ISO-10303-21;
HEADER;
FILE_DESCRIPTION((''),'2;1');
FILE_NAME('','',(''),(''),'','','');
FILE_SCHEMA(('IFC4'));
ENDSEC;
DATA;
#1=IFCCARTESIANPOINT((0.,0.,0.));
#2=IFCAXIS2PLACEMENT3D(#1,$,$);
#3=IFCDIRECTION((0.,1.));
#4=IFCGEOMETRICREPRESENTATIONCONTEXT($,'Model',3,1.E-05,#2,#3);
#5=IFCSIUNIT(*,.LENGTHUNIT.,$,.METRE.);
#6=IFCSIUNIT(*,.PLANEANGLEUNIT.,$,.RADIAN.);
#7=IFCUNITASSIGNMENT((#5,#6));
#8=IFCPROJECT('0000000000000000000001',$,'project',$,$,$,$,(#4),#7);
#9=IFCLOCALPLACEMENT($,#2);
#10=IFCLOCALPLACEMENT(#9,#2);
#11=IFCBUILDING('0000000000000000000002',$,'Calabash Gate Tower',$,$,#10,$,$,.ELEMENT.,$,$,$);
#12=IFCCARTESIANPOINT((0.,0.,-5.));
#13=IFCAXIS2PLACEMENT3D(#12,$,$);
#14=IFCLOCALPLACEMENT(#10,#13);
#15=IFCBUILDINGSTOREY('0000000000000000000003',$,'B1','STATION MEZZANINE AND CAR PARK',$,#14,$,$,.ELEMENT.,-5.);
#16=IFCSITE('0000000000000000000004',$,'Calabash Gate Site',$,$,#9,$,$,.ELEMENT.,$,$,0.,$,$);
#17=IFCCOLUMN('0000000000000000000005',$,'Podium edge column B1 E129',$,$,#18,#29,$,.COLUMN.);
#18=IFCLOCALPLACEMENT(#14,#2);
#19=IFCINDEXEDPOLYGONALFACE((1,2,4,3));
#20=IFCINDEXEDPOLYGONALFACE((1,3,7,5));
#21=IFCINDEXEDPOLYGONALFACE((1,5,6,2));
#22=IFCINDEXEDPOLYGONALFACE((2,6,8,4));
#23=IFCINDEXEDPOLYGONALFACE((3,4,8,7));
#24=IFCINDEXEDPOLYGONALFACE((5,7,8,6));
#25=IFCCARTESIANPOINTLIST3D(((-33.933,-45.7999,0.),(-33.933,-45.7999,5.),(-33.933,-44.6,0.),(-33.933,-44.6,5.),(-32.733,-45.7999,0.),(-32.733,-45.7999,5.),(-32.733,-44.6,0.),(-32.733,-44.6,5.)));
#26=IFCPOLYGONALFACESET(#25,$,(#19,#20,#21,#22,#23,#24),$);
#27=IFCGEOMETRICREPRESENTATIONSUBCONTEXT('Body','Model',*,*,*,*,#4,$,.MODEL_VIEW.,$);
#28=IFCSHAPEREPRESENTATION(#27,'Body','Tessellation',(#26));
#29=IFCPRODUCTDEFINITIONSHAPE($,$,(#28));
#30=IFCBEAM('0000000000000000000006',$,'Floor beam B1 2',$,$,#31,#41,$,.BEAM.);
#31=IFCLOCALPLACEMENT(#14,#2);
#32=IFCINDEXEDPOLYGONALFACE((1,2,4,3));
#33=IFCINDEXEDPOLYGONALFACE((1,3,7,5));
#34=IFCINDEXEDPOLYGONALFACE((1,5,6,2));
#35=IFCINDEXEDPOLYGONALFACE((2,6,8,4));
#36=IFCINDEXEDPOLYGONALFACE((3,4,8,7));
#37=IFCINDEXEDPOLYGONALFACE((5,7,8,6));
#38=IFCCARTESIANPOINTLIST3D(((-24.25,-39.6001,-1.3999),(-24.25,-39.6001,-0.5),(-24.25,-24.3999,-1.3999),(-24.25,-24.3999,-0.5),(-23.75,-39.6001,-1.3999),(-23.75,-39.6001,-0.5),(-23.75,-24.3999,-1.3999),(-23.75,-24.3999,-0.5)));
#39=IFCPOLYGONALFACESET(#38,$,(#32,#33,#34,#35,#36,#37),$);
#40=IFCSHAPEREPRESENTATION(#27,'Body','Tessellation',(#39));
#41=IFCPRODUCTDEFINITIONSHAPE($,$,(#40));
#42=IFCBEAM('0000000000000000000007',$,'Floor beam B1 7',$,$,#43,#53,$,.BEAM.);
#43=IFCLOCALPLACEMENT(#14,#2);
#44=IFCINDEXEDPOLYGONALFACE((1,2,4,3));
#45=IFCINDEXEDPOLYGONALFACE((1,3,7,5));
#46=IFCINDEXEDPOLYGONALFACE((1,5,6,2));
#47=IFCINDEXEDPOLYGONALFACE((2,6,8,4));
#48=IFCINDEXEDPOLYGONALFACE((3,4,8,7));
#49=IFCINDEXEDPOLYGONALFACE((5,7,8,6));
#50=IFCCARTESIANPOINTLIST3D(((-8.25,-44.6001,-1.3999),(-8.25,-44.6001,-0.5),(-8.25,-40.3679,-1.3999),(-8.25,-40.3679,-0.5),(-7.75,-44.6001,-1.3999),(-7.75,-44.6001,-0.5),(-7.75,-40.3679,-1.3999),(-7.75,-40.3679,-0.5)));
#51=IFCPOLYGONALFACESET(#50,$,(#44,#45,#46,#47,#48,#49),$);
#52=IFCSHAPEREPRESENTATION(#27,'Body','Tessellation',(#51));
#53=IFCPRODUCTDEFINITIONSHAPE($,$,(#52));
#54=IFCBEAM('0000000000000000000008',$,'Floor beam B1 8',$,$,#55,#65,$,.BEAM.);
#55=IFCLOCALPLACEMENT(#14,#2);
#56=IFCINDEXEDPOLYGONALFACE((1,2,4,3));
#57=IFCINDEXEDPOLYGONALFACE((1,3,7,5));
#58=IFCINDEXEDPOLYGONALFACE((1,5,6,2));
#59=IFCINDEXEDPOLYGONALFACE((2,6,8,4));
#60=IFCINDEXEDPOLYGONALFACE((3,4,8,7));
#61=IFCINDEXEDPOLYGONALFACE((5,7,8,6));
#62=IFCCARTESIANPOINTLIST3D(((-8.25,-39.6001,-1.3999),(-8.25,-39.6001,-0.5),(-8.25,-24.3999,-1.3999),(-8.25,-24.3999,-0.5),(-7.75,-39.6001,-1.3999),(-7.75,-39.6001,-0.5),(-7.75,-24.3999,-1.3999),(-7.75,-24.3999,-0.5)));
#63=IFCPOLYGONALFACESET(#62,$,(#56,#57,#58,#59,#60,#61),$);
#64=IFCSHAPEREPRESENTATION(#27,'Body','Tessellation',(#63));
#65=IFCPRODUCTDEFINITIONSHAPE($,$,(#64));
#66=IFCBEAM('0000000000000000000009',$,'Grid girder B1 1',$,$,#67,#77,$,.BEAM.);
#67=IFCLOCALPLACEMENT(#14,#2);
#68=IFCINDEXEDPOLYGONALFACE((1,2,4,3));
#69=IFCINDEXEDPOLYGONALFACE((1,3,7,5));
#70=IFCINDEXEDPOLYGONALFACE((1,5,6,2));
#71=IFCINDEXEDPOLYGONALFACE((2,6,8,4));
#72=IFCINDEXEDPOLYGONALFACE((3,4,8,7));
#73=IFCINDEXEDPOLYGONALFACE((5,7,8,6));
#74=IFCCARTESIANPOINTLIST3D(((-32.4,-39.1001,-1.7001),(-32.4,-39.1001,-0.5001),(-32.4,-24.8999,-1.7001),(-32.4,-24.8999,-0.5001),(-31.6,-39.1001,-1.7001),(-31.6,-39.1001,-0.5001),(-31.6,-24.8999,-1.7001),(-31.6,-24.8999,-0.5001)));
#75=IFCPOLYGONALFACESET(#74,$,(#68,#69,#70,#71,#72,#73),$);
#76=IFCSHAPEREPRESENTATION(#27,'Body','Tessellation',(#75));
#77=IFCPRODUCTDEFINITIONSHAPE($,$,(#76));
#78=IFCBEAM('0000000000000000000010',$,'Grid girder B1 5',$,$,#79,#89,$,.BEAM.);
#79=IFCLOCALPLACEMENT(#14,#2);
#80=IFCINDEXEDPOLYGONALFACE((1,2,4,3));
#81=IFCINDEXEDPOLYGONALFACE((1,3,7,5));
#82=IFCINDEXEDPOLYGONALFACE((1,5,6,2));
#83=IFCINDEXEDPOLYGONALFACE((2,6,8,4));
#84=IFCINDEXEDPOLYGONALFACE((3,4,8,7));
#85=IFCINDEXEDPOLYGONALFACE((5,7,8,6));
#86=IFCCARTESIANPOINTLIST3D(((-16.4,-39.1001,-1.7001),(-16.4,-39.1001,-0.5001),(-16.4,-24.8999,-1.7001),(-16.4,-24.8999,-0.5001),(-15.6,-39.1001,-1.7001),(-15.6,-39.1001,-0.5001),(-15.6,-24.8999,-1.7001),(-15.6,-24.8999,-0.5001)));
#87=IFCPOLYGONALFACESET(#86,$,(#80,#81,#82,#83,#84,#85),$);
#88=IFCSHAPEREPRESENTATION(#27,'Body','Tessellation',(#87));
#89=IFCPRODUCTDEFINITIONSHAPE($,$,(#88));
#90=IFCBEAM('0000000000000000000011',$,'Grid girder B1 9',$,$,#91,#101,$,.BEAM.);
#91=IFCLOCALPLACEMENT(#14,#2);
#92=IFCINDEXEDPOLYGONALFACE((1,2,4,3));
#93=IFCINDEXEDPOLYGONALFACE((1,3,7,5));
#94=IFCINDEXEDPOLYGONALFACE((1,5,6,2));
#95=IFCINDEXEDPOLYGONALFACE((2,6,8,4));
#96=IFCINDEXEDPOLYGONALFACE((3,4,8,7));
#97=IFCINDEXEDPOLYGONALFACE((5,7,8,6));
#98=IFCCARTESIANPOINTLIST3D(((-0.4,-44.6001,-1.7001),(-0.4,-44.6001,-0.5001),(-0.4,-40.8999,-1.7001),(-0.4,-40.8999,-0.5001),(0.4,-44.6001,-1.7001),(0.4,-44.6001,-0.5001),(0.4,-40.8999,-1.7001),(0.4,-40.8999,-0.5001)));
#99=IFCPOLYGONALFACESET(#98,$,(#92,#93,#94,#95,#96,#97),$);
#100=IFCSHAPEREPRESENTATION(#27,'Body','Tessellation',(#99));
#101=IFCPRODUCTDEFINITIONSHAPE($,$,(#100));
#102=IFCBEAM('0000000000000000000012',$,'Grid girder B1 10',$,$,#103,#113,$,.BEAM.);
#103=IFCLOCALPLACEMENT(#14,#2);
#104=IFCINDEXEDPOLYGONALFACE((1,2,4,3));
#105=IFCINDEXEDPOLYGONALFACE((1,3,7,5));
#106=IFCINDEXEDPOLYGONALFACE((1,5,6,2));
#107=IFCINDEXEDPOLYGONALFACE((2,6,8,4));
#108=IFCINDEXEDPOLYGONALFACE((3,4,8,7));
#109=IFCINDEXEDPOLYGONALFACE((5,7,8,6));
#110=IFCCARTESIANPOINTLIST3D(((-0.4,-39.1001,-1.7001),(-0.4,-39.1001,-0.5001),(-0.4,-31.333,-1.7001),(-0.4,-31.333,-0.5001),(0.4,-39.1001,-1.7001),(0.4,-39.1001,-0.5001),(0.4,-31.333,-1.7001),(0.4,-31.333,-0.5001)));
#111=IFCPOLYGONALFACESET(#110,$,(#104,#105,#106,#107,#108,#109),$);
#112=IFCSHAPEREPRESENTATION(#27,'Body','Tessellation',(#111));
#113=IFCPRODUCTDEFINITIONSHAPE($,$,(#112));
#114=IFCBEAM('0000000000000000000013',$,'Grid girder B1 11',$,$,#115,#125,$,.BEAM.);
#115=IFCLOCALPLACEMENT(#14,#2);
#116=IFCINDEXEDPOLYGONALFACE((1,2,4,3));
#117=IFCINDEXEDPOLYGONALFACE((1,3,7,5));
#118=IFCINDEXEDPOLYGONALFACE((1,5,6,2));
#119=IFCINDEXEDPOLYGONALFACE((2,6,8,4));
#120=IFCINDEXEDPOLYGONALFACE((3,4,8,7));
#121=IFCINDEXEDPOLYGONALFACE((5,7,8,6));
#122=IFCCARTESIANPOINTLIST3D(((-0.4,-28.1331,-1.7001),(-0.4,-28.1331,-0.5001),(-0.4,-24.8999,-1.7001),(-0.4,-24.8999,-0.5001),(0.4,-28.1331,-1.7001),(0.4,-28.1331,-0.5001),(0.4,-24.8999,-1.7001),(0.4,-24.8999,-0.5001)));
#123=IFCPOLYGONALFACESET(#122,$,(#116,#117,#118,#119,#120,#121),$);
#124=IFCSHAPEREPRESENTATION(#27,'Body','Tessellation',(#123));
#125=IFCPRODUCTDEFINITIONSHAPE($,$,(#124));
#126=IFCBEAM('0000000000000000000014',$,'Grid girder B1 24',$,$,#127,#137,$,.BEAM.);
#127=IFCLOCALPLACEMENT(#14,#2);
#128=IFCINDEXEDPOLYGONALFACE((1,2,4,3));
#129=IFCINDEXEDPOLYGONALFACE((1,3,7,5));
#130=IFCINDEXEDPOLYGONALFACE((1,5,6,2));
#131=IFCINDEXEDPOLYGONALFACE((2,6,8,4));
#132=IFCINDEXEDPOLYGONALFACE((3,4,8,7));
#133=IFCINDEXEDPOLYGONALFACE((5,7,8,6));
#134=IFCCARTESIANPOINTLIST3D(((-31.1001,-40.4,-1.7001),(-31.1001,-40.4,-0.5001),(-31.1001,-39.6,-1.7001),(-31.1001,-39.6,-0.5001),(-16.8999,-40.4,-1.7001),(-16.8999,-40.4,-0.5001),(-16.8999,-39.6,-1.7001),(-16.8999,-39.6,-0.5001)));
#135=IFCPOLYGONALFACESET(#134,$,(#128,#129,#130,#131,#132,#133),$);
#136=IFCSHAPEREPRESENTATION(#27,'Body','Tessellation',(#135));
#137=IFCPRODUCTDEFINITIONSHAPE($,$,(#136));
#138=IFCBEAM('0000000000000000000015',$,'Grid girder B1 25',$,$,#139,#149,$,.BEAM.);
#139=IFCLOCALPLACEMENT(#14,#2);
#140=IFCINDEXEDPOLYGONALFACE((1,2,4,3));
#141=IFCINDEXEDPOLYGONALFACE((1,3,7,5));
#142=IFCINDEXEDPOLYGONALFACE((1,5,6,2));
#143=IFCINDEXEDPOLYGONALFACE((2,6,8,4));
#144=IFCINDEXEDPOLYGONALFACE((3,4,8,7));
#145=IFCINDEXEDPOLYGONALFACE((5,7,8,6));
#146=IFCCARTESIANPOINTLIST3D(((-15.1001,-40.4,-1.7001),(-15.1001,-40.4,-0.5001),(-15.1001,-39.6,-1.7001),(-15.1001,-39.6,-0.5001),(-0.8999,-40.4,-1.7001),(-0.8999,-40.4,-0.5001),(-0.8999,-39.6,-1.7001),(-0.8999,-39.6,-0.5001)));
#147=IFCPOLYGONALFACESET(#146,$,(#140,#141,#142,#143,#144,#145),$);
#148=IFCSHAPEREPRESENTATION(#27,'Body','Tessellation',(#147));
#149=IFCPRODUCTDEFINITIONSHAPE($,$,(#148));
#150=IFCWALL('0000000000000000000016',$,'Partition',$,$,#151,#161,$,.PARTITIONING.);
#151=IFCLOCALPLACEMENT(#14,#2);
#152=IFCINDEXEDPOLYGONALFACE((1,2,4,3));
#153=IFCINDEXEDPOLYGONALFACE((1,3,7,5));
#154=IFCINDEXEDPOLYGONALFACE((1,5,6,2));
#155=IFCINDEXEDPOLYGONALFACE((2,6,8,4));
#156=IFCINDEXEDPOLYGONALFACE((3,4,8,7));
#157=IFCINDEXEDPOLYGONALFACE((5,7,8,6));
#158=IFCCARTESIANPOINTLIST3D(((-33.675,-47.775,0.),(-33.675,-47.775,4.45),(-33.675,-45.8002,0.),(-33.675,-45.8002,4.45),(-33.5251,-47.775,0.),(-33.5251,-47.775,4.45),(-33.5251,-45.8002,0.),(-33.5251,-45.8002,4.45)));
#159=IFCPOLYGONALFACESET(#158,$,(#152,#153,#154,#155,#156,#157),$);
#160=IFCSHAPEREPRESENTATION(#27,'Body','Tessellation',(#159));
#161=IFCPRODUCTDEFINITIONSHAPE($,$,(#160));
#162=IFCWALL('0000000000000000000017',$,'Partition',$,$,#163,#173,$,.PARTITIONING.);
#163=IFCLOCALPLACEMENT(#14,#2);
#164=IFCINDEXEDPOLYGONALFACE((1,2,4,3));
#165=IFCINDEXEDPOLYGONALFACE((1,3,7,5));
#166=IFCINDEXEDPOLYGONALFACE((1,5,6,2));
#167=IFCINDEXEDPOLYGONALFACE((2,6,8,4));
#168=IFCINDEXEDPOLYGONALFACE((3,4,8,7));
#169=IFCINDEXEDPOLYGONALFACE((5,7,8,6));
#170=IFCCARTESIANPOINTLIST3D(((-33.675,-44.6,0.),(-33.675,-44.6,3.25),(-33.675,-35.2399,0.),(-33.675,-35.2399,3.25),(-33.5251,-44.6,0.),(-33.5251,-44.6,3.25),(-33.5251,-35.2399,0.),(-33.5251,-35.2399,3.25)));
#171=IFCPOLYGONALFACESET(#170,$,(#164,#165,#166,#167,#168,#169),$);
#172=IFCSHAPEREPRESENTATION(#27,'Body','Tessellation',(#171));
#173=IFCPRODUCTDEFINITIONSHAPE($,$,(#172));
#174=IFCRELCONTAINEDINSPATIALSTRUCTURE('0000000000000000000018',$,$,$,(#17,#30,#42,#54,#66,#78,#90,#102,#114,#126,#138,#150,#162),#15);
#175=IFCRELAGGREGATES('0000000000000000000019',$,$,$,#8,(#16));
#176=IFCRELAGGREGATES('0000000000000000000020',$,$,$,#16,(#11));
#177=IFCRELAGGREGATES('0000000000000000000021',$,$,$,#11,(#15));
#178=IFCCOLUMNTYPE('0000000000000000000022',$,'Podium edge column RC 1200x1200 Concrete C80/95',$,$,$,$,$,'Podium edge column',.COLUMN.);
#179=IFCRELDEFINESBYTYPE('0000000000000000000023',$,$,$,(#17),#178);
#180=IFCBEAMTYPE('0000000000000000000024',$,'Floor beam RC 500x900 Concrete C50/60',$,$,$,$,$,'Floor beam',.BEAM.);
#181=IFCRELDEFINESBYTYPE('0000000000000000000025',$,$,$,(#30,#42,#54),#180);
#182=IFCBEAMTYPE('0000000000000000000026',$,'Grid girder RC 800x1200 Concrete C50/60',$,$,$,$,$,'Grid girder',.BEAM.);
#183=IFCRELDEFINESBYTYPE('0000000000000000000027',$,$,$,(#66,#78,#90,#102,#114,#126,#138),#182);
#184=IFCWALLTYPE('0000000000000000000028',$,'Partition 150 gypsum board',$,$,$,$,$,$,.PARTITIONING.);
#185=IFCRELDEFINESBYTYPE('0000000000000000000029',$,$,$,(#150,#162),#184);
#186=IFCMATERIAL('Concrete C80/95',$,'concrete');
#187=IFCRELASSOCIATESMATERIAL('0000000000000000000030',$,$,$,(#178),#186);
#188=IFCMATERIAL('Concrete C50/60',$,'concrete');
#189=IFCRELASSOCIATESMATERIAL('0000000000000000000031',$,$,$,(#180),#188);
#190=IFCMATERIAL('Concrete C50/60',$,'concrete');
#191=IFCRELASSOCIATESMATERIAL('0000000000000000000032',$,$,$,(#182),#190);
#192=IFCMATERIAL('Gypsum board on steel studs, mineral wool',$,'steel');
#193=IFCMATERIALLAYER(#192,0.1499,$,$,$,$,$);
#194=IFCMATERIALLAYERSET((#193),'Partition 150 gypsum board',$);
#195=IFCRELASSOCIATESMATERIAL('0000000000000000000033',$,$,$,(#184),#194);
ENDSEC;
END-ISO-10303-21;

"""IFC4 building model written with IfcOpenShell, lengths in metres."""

from ifc_helpers import new_model, si_unit, direction, frame, frame_2d, origin, origin_2d, place, context, subcontext, project, spatial, rectangle, extrude, material, layer, layer_set, material_profile, profile_set, type_object, element, save


model = new_model("IFC4")

# Units and contexts
model_context = context("Model", 3, precision=1e-05, world=origin(), true_north=direction((0.0, 1.0)))
body_context = subcontext(model_context, "Body", "Model", "MODEL_VIEW")
ifc_project = project(units=[si_unit("LENGTHUNIT", "METRE"), si_unit("PLANEANGLEUNIT", "RADIAN")], contexts=[model_context])

# Site, building, storey
site_placement = place(None, origin())
site = spatial("IfcSite", under=ifc_project, at=site_placement, Name="Calabash Gate Site", CompositionType="ELEMENT", RefElevation=0.0)
building_placement = place(site_placement, origin())
building = spatial("IfcBuilding", under=site, at=building_placement, Name="Calabash Gate Tower", CompositionType="ELEMENT")
storey_placement = place(building_placement, frame((0.0, 0.0, -5.0)))
storey = spatial("IfcBuildingStorey", under=building, at=storey_placement, Name="B1", Description="STATION MEZZANINE AND CAR PARK", CompositionType="ELEMENT", Elevation=-5.0)

# Column
ifc_material_1 = material(Name="Concrete C80/95", Category="concrete")
ifc_material_profile_1 = material_profile(ifc_material_1, rectangle(XDim=1.2, YDim=1.2, at=origin_2d()))
ifc_profile_set_1 = profile_set([ifc_material_profile_1], Name="Concrete C80/95")
column_type_1 = type_object("IfcColumnType", Name="Podium edge column RC 1200x1200 Concrete C80/95", ElementType="Podium edge column", PredefinedType="COLUMN", material=ifc_profile_set_1)
for number, where, z_axis, x_axis, name in (
    (1, (-33.333, -45.2, 0.0), (0.0, 0.0, 1.0), (1.0, 0.0, 0.0), "Podium edge column B1 E129"),
):
    element("IfcColumn", number, at=place(storey_placement, frame(where, z_axis=z_axis, x_axis=x_axis)), inside=storey, type_object=column_type_1, Name=name, PredefinedType="COLUMN", context=body_context, shape_type="SweptSolid", body=[
        extrude(rectangle(XDim=1.2, YDim=1.2, at=origin_2d()), origin(), (0.0, 0.0, 1.0), 5.0),
    ])

# Beams
ifc_material_2 = material(Name="Concrete C50/60", Category="concrete")
ifc_material_profile_2 = material_profile(ifc_material_2, rectangle(XDim=0.5, YDim=0.8999, at=origin_2d()))
ifc_profile_set_2 = profile_set([ifc_material_profile_2], Name="Concrete C50/60")
beam_type_1 = type_object("IfcBeamType", Name="Floor beam RC 500x900 Concrete C50/60", ElementType="Floor beam", PredefinedType="BEAM", material=ifc_profile_set_2)
beam_1_placement = place(storey_placement, frame((-24.0, -39.6001, -0.95), z_axis=(0.0, 1.0, 0.0), x_axis=(-1.0, 0.0, 0.0)))
element("IfcBeam", 2, at=beam_1_placement, inside=storey, type_object=beam_type_1, Name="Floor beam B1 2", PredefinedType="BEAM", context=body_context, shape_type="SweptSolid", body=[
    extrude(rectangle(XDim=0.5, YDim=0.8999, at=origin_2d()), origin(), (0.0, 0.0, 1.0), 15.2002),
])
beam_2_placement = place(storey_placement, frame((-8.0, -44.6001, -0.95), z_axis=(0.0, 1.0, 0.0), x_axis=(-1.0, 0.0, 0.0)))
element("IfcBeam", 3, at=beam_2_placement, inside=storey, type_object=beam_type_1, Name="Floor beam B1 7", PredefinedType="BEAM", context=body_context, shape_type="SweptSolid", body=[
    extrude(rectangle(XDim=0.5, YDim=0.8999, at=origin_2d()), origin(), (0.0, 0.0, 1.0), 4.2322),
])
beam_3_placement = place(storey_placement, frame((-8.0, -39.6001, -0.95), z_axis=(0.0, 1.0, 0.0), x_axis=(-1.0, 0.0, 0.0)))
element("IfcBeam", 4, at=beam_3_placement, inside=storey, type_object=beam_type_1, Name="Floor beam B1 8", PredefinedType="BEAM", context=body_context, shape_type="SweptSolid", body=[
    extrude(rectangle(XDim=0.5, YDim=0.8999, at=origin_2d()), origin(), (0.0, 0.0, 1.0), 15.2002),
])
ifc_material_3 = material(Name="Concrete C50/60", Category="concrete")
ifc_material_profile_3 = material_profile(ifc_material_3, rectangle(XDim=0.8, YDim=1.2, at=origin_2d()))
ifc_profile_set_3 = profile_set([ifc_material_profile_3], Name="Concrete C50/60")
beam_type_2 = type_object("IfcBeamType", Name="Grid girder RC 800x1200 Concrete C50/60", ElementType="Grid girder", PredefinedType="BEAM", material=ifc_profile_set_3)
for number, where, z_axis, x_axis, name in (
    (5, (-32.0, -39.1001, -1.1001), (0.0, 1.0, 0.0), (-1.0, 0.0, 0.0), "Grid girder B1 1"),
    (6, (-16.0, -39.1001, -1.1001), (0.0, 1.0, 0.0), (-1.0, 0.0, 0.0), "Grid girder B1 5"),
):
    element("IfcBeam", number, at=place(storey_placement, frame(where, z_axis=z_axis, x_axis=x_axis)), inside=storey, type_object=beam_type_2, Name=name, PredefinedType="BEAM", context=body_context, shape_type="SweptSolid", body=[
        extrude(rectangle(XDim=0.8, YDim=1.2, at=origin_2d()), origin(), (0.0, 0.0, 1.0), 14.2002),
    ])
beam_4_placement = place(storey_placement, frame((0.0, -44.6001, -1.1001), z_axis=(0.0, 1.0, 0.0), x_axis=(-1.0, 0.0, 0.0)))
element("IfcBeam", 7, at=beam_4_placement, inside=storey, type_object=beam_type_2, Name="Grid girder B1 9", PredefinedType="BEAM", context=body_context, shape_type="SweptSolid", body=[
    extrude(rectangle(XDim=0.8, YDim=1.2, at=origin_2d()), origin(), (0.0, 0.0, 1.0), 3.7002),
])
beam_5_placement = place(storey_placement, frame((0.0, -39.1001, -1.1001), z_axis=(0.0, 1.0, 0.0), x_axis=(-1.0, 0.0, 0.0)))
element("IfcBeam", 8, at=beam_5_placement, inside=storey, type_object=beam_type_2, Name="Grid girder B1 10", PredefinedType="BEAM", context=body_context, shape_type="SweptSolid", body=[
    extrude(rectangle(XDim=0.8, YDim=1.2, at=origin_2d()), origin(), (0.0, 0.0, 1.0), 7.7671),
])
beam_6_placement = place(storey_placement, frame((0.0, -28.1331, -1.1001), z_axis=(0.0, 1.0, 0.0), x_axis=(-1.0, 0.0, 0.0)))
element("IfcBeam", 9, at=beam_6_placement, inside=storey, type_object=beam_type_2, Name="Grid girder B1 11", PredefinedType="BEAM", context=body_context, shape_type="SweptSolid", body=[
    extrude(rectangle(XDim=0.8, YDim=1.2, at=origin_2d()), origin(), (0.0, 0.0, 1.0), 3.2332),
])
for number, where, z_axis, x_axis, name in (
    (10, (-31.1001, -40.0, -1.1001), (1.0, 0.0, 0.0), (0.0, 1.0, 0.0), "Grid girder B1 24"),
    (11, (-15.1001, -40.0, -1.1001), (1.0, 0.0, 0.0), (0.0, 1.0, 0.0), "Grid girder B1 25"),
):
    element("IfcBeam", number, at=place(storey_placement, frame(where, z_axis=z_axis, x_axis=x_axis)), inside=storey, type_object=beam_type_2, Name=name, PredefinedType="BEAM", context=body_context, shape_type="SweptSolid", body=[
        extrude(rectangle(XDim=0.8, YDim=1.2, at=origin_2d()), origin(), (0.0, 0.0, 1.0), 14.2002),
    ])

# Walls
ifc_material_4 = material(Name="Gypsum board on steel studs, mineral wool", Category="steel")
ifc_layer_1 = layer(ifc_material_4, 0.1499)
ifc_layer_set_1 = layer_set([ifc_layer_1], Name="Partition 150 gypsum board")
wall_type_1 = type_object("IfcWallType", Name="Partition 150 gypsum board", PredefinedType="PARTITIONING", material=ifc_layer_set_1)
wall_1_placement = place(storey_placement, frame((-33.6001, -47.7749, 0.0), z_axis=(0.0, 0.0, 1.0), x_axis=(0.0, 1.0, 0.0)))
element("IfcWall", 12, at=wall_1_placement, inside=storey, type_object=wall_type_1, Name="Partition", PredefinedType="PARTITIONING", context=body_context, shape_type="SweptSolid", body=[
    extrude(rectangle(XDim=1.9749, YDim=0.1499, at=frame_2d((0.9873, 0.0))), origin(), (0.0, 0.0, 1.0), 4.45),
])
wall_2_placement = place(storey_placement, frame((-33.6001, -44.6001, 0.0), z_axis=(0.0, 0.0, 1.0), x_axis=(0.0, 1.0, 0.0)))
element("IfcWall", 13, at=wall_2_placement, inside=storey, type_object=wall_type_1, Name="Partition", PredefinedType="PARTITIONING", context=body_context, shape_type="SweptSolid", body=[
    extrude(rectangle(XDim=9.3601, YDim=0.1499, at=frame_2d((4.6802, 0.0))), origin(), (0.0, 0.0, 1.0), 3.25),
])

save(model, "model.ifc")
